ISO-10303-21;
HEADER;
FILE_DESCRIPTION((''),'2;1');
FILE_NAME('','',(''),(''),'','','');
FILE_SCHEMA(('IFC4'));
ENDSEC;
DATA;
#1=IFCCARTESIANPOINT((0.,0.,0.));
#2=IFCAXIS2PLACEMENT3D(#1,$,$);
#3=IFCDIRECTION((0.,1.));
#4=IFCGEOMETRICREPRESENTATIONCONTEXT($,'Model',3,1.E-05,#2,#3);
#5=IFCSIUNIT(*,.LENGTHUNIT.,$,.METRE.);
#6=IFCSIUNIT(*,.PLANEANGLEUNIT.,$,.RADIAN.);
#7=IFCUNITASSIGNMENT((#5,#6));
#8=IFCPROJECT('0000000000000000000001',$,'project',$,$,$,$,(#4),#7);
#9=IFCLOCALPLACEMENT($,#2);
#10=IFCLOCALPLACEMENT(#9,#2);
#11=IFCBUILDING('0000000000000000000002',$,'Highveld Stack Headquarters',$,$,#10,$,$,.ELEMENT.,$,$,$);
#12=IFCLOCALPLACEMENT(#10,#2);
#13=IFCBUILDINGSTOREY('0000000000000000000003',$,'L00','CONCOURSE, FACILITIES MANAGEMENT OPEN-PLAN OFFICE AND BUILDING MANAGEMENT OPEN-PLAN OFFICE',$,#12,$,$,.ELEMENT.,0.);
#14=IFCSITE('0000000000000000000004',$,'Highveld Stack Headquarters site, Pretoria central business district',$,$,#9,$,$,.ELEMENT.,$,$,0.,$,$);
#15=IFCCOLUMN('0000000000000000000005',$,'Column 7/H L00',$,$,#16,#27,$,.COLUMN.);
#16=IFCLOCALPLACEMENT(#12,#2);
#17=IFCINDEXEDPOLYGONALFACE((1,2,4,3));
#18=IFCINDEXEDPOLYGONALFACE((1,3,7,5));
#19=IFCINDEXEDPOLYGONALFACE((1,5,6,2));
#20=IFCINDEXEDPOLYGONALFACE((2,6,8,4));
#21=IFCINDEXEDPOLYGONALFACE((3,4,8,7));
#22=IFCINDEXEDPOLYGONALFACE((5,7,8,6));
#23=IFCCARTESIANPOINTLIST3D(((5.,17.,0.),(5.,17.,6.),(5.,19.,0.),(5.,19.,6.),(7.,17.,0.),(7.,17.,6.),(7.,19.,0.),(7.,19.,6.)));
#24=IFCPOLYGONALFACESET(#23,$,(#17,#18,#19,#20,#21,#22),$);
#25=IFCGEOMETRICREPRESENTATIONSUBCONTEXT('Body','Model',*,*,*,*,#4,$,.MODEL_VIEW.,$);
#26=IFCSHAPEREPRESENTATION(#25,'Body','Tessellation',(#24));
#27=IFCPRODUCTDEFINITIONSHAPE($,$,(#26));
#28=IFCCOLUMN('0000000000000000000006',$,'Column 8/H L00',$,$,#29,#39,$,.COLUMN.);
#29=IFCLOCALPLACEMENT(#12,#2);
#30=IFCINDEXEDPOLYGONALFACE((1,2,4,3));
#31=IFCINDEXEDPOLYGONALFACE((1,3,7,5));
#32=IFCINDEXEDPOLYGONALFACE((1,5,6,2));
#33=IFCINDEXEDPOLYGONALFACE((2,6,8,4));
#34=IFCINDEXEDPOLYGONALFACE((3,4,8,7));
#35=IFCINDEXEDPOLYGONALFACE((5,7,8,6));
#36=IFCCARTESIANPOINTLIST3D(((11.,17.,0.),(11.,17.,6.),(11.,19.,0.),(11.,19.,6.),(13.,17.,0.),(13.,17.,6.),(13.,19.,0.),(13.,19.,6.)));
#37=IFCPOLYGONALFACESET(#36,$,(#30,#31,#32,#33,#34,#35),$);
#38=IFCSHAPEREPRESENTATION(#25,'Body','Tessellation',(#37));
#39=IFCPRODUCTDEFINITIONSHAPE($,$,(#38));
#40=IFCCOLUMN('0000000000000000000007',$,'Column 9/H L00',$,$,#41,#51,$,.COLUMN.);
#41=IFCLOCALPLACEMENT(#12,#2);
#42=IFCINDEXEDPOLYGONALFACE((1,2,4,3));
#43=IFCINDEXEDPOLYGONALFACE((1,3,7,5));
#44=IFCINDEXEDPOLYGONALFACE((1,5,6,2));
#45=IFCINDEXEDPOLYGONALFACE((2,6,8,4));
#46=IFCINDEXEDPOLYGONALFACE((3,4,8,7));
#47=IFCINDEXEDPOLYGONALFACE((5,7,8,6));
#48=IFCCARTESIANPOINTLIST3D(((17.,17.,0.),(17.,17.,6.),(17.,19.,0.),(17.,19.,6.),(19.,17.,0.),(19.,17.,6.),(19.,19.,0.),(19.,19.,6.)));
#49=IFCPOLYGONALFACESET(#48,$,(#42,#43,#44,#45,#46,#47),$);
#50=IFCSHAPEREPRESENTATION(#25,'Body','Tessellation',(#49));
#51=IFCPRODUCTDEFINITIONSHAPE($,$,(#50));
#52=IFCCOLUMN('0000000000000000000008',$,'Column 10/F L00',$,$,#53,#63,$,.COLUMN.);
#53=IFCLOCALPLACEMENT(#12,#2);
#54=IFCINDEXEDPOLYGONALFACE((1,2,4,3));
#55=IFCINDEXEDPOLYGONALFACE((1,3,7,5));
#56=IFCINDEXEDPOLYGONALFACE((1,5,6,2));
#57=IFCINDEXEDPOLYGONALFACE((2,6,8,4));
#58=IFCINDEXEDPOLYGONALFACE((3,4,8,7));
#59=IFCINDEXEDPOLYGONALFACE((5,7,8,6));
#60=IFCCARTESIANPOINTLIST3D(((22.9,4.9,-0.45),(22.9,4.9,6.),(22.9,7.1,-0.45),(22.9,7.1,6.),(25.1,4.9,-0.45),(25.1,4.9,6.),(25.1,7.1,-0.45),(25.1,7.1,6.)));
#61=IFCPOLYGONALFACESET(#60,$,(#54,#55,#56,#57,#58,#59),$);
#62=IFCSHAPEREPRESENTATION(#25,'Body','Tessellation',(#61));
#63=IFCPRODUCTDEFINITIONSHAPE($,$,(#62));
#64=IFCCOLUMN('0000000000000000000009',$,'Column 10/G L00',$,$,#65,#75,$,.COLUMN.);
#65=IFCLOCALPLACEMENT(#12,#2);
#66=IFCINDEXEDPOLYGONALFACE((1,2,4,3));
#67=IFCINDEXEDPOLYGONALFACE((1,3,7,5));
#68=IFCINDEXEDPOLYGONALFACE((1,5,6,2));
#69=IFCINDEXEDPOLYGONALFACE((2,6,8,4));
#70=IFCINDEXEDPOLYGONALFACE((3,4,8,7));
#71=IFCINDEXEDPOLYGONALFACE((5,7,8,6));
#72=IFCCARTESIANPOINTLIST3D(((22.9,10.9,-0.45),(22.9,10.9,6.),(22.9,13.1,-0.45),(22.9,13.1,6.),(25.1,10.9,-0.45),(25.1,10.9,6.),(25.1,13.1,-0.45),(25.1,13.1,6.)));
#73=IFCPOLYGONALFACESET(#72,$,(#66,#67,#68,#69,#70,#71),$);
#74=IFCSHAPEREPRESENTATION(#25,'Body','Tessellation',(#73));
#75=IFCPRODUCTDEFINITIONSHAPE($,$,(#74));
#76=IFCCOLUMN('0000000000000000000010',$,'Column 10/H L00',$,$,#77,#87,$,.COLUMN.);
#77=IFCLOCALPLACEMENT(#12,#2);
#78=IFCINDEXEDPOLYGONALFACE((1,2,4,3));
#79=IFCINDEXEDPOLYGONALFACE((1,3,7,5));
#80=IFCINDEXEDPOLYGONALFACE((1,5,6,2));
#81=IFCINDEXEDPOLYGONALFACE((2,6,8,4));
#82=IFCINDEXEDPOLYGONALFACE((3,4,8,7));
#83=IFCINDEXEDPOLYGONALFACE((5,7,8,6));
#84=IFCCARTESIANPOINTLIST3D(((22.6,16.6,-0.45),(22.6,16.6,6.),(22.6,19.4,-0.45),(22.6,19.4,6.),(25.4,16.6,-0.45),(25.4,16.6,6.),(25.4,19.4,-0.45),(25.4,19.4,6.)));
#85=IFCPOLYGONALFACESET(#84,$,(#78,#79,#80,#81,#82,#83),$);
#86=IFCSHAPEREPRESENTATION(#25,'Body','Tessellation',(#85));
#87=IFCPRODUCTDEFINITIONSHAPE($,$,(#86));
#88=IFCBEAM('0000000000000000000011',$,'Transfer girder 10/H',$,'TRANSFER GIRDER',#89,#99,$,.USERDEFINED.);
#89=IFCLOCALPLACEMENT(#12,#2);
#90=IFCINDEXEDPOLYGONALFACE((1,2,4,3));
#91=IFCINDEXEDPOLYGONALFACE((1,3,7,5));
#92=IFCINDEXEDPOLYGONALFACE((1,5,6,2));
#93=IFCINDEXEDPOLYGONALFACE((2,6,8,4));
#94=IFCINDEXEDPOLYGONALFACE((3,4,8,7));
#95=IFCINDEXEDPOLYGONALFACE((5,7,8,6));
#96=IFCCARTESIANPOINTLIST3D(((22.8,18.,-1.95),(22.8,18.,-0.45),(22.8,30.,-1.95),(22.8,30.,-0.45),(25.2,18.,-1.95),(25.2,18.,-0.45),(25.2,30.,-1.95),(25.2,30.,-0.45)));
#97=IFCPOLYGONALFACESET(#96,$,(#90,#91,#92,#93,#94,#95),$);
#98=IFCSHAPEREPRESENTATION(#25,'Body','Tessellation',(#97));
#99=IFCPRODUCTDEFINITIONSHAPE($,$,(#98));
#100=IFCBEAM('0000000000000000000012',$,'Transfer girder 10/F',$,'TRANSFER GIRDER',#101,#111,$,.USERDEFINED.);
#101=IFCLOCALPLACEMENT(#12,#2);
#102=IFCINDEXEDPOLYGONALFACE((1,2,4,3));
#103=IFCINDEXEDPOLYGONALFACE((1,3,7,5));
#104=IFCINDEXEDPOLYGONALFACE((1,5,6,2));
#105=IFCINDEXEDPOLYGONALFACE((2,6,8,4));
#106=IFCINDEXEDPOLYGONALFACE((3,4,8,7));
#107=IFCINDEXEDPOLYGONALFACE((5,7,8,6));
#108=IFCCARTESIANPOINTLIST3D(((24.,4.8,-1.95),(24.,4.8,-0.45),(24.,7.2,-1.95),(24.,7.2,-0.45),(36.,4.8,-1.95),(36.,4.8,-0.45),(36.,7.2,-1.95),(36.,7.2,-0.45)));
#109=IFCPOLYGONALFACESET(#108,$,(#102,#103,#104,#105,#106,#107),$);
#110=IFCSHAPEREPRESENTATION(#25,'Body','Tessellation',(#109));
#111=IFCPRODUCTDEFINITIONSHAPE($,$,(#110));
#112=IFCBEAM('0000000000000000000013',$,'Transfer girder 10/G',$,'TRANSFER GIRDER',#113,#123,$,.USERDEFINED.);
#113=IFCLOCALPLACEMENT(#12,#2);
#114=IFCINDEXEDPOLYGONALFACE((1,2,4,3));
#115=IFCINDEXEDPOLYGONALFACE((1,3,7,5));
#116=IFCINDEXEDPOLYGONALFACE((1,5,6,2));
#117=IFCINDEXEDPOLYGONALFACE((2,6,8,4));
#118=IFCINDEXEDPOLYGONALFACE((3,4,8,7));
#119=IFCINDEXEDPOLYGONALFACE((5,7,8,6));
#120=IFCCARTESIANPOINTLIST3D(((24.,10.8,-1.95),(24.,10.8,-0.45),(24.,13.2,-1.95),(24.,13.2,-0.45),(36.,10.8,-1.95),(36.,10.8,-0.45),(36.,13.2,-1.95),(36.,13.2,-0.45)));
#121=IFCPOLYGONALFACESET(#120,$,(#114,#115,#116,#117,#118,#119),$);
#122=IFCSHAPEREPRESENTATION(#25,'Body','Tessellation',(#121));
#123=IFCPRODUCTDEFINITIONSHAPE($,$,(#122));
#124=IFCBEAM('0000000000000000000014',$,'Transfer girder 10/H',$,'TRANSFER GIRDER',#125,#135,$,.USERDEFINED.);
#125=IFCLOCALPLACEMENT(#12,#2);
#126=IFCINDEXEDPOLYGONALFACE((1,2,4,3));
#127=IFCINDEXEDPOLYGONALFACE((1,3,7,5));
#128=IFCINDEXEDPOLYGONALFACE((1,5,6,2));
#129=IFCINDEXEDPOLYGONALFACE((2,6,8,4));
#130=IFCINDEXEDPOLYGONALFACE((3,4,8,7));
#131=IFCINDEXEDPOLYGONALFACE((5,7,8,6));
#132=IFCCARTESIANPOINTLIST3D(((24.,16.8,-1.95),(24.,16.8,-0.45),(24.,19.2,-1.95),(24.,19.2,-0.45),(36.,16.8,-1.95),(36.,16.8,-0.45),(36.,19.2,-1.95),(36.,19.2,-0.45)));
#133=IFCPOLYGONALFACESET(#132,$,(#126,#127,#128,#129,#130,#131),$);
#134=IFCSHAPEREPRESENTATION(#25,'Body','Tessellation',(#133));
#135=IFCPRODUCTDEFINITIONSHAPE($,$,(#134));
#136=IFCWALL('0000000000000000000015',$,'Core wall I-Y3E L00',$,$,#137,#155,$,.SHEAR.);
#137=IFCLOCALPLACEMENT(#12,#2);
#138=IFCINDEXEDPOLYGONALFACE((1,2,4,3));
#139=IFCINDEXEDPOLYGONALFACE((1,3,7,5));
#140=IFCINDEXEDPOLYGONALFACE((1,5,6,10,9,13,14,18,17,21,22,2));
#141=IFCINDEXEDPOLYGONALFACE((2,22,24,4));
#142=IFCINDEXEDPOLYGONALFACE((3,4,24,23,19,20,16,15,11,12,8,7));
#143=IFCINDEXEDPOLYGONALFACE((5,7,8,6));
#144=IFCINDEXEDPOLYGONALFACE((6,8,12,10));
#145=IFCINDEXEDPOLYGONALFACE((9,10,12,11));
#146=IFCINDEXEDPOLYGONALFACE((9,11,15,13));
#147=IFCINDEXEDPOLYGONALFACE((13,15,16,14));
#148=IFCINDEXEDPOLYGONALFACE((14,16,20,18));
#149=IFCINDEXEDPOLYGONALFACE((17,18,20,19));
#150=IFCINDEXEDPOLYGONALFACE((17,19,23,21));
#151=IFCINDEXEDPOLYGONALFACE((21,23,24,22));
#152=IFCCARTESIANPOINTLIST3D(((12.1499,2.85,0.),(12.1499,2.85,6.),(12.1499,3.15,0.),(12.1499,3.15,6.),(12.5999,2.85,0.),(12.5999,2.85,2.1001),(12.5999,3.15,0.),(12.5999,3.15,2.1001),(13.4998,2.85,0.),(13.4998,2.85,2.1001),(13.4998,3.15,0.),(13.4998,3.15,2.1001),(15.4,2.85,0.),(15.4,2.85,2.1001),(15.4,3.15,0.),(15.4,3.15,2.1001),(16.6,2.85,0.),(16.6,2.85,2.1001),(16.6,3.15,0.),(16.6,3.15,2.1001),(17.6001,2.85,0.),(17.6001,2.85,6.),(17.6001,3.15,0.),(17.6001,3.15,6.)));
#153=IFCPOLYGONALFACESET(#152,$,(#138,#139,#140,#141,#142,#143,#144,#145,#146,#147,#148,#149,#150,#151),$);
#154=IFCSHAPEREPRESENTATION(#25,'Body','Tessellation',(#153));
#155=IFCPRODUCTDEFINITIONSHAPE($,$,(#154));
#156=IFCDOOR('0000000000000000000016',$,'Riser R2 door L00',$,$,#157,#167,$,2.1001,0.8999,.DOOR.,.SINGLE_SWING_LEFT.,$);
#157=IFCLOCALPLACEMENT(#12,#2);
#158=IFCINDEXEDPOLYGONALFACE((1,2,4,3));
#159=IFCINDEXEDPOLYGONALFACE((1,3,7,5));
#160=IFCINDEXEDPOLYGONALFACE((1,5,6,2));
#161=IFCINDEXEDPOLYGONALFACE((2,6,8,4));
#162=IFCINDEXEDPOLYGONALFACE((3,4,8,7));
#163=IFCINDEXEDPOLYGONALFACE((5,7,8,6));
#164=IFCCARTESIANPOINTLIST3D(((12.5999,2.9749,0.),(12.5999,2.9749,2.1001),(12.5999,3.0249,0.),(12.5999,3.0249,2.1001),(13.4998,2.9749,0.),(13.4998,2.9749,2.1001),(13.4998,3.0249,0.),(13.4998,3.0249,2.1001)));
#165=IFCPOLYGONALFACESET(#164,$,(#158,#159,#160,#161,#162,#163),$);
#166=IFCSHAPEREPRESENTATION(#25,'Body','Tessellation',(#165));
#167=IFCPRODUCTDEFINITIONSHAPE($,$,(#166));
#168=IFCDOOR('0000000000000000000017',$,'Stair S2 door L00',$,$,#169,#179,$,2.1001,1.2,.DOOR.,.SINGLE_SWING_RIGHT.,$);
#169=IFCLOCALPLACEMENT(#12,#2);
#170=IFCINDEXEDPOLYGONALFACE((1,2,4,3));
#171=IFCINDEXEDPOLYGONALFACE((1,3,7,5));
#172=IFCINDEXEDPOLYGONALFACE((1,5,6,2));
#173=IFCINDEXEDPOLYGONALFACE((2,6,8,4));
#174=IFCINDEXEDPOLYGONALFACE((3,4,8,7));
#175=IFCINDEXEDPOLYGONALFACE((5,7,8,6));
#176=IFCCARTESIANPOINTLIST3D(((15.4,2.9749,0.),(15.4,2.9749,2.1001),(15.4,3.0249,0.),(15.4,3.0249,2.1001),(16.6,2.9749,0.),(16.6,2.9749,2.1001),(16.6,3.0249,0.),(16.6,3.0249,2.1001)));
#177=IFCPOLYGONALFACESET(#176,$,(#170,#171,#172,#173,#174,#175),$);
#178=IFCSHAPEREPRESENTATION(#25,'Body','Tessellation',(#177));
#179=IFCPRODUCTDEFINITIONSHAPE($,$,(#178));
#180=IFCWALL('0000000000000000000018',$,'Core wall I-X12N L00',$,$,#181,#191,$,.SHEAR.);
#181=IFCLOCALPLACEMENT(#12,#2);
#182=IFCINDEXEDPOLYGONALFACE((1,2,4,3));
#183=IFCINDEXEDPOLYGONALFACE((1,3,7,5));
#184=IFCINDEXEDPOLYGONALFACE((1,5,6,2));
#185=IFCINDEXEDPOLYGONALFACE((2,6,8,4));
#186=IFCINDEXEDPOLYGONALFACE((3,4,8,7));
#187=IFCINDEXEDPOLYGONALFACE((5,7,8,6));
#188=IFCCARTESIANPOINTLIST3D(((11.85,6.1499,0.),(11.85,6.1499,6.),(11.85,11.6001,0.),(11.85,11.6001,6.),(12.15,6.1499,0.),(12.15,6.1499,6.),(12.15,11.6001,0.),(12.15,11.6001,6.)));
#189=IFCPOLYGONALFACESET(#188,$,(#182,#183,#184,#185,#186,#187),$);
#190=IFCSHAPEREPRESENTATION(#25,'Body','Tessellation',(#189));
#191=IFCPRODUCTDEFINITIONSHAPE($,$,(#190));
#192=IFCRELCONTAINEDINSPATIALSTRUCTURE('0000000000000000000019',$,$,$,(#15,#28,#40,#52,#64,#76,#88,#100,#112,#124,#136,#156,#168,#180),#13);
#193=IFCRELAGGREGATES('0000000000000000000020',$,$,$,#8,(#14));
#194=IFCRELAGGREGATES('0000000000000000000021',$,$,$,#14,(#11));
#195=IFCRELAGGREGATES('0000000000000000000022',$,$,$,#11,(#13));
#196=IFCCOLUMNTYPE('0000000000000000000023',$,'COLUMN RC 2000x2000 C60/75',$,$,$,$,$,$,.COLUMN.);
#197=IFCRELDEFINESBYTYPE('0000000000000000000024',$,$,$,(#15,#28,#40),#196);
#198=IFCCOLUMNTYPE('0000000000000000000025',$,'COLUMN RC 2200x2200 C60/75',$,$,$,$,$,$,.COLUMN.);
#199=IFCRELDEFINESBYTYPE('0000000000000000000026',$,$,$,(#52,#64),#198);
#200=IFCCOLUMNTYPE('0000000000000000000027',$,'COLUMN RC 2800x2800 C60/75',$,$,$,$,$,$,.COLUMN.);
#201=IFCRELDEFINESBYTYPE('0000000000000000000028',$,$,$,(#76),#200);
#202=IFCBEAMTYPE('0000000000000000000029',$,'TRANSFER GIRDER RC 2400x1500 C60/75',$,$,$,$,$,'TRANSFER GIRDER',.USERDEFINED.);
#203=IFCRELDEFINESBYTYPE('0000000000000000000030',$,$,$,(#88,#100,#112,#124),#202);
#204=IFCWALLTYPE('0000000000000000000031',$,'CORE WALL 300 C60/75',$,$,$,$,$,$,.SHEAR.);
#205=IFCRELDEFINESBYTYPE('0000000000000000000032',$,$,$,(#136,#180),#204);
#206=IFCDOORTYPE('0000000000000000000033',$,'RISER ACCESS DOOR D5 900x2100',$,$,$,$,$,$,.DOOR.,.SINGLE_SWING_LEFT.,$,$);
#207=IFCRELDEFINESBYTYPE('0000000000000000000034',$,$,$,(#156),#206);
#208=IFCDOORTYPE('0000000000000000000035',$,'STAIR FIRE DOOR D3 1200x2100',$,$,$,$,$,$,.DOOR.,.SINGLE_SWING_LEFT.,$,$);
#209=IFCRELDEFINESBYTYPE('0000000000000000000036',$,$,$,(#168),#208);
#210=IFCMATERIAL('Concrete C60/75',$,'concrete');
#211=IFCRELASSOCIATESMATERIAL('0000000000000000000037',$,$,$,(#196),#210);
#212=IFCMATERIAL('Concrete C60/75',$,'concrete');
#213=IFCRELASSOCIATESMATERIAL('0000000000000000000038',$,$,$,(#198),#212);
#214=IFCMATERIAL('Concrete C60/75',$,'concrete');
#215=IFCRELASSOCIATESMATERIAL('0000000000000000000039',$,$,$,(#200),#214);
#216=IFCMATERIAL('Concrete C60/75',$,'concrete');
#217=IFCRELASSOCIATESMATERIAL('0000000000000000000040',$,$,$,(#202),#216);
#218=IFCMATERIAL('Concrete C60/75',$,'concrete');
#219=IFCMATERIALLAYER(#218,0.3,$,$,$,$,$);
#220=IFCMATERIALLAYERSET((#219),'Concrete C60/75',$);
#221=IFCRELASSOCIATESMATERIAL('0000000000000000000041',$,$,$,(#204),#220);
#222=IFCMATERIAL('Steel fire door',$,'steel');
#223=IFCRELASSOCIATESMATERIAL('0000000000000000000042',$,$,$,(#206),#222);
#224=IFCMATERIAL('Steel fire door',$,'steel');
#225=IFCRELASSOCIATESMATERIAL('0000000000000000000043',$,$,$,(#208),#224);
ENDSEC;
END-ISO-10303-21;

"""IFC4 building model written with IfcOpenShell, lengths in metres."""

from ifc_helpers import new_model, si_unit, direction, frame, frame_2d, origin, origin_2d, place, context, subcontext, project, spatial, rectangle, extrude, material, layer, layer_set, material_profile, profile_set, type_object, element, fill, save


model = new_model("IFC4")

# Units and contexts
model_context = context("Model", 3, precision=1e-05, world=origin(), true_north=direction((0.0, 1.0)))
body_context = subcontext(model_context, "Body", "Model", "MODEL_VIEW")
ifc_project = project(units=[si_unit("LENGTHUNIT", "METRE"), si_unit("PLANEANGLEUNIT", "RADIAN")], contexts=[model_context])

# Site, building, storey
site_placement = place(None, origin())
site = spatial("IfcSite", under=ifc_project, at=site_placement, Name="Highveld Stack Headquarters site, Pretoria central business district", CompositionType="ELEMENT", RefElevation=0.0)
building_placement = place(site_placement, origin())
building = spatial("IfcBuilding", under=site, at=building_placement, Name="Highveld Stack Headquarters", CompositionType="ELEMENT")
storey_placement = place(building_placement, origin())
storey = spatial("IfcBuildingStorey", under=building, at=storey_placement, Name="L00", Description="CONCOURSE, FACILITIES MANAGEMENT OPEN-PLAN OFFICE AND BUILDING MANAGEMENT OPEN-PLAN OFFICE", CompositionType="ELEMENT", Elevation=0.0)

# Columns
ifc_material_1 = material(Name="Concrete C60/75", Category="concrete")
ifc_material_profile_1 = material_profile(ifc_material_1, rectangle(XDim=2.0, YDim=2.0, at=origin_2d()), Name="RC 2000x2000")
ifc_profile_set_1 = profile_set([ifc_material_profile_1], Name="Concrete C60/75")
column_type_1 = type_object("IfcColumnType", Name="COLUMN RC 2000x2000 C60/75", PredefinedType="COLUMN", material=ifc_profile_set_1)
for number, where, z_axis, x_axis, name in (
    (1, (6.0, 18.0, 0.0), (0.0, 0.0, 1.0), (1.0, 0.0, 0.0), "Column 7/H L00"),
    (2, (12.0, 18.0, 0.0), (0.0, 0.0, 1.0), (1.0, 0.0, 0.0), "Column 8/H L00"),
    (3, (18.0, 18.0, 0.0), (0.0, 0.0, 1.0), (1.0, 0.0, 0.0), "Column 9/H L00"),
):
    element("IfcColumn", number, at=place(storey_placement, frame(where, z_axis=z_axis, x_axis=x_axis)), inside=storey, type_object=column_type_1, Name=name, PredefinedType="COLUMN", context=body_context, shape_type="SweptSolid", body=[
        extrude(rectangle(XDim=2.0, YDim=2.0, at=origin_2d()), origin(), (0.0, 0.0, 1.0), 6.0),
    ])
ifc_material_2 = material(Name="Concrete C60/75", Category="concrete")
ifc_material_profile_2 = material_profile(ifc_material_2, rectangle(XDim=2.2, YDim=2.2, at=origin_2d()), Name="RC 2200x2200")
ifc_profile_set_2 = profile_set([ifc_material_profile_2], Name="Concrete C60/75")
column_type_2 = type_object("IfcColumnType", Name="COLUMN RC 2200x2200 C60/75", PredefinedType="COLUMN", material=ifc_profile_set_2)
for number, where, z_axis, x_axis, name in (
    (4, (24.0, 6.0, -0.45), (0.0, 0.0, 1.0), (1.0, 0.0, 0.0), "Column 10/F L00"),
    (5, (24.0, 12.0, -0.45), (0.0, 0.0, 1.0), (1.0, 0.0, 0.0), "Column 10/G L00"),
):
    element("IfcColumn", number, at=place(storey_placement, frame(where, z_axis=z_axis, x_axis=x_axis)), inside=storey, type_object=column_type_2, Name=name, PredefinedType="COLUMN", context=body_context, shape_type="SweptSolid", body=[
        extrude(rectangle(XDim=2.2, YDim=2.2, at=origin_2d()), origin(), (0.0, 0.0, 1.0), 6.45),
    ])
ifc_material_3 = material(Name="Concrete C60/75", Category="concrete")
ifc_material_profile_3 = material_profile(ifc_material_3, rectangle(XDim=2.8, YDim=2.8, at=origin_2d()), Name="RC 2800x2800")
ifc_profile_set_3 = profile_set([ifc_material_profile_3], Name="Concrete C60/75")
column_type_3 = type_object("IfcColumnType", Name="COLUMN RC 2800x2800 C60/75", PredefinedType="COLUMN", material=ifc_profile_set_3)
column_placement = place(storey_placement, frame((24.0, 18.0, -0.45), z_axis=(0.0, 0.0, 1.0), x_axis=(1.0, 0.0, 0.0)))
element("IfcColumn", 6, at=column_placement, inside=storey, type_object=column_type_3, Name="Column 10/H L00", PredefinedType="COLUMN", context=body_context, shape_type="SweptSolid", body=[
    extrude(rectangle(XDim=2.8, YDim=2.8, at=origin_2d()), origin(), (0.0, 0.0, 1.0), 6.45),
])

# Beams
ifc_material_4 = material(Name="Concrete C60/75", Category="concrete")
ifc_material_profile_4 = material_profile(ifc_material_4, rectangle(XDim=2.3999, YDim=1.5, at=origin_2d()), Name="RC 2400x1500")
ifc_profile_set_4 = profile_set([ifc_material_profile_4], Name="Concrete C60/75")
beam_type = type_object("IfcBeamType", Name="TRANSFER GIRDER RC 2400x1500 C60/75", ElementType="TRANSFER GIRDER", PredefinedType="USERDEFINED", material=ifc_profile_set_4)
for number, where, z_axis, x_axis, name in (
    (7, (24.0, 18.0, -1.2), (0.0, 1.0, 0.0), (-1.0, 0.0, 0.0), "Transfer girder 10/H"),
    (8, (24.0, 6.0, -1.2), (1.0, 0.0, 0.0), (0.0, 1.0, 0.0), "Transfer girder 10/F"),
    (9, (24.0, 12.0, -1.2), (1.0, 0.0, 0.0), (0.0, 1.0, 0.0), "Transfer girder 10/G"),
    (10, (24.0, 18.0, -1.2), (1.0, 0.0, 0.0), (0.0, 1.0, 0.0), "Transfer girder 10/H"),
):
    element("IfcBeam", number, at=place(storey_placement, frame(where, z_axis=z_axis, x_axis=x_axis)), inside=storey, type_object=beam_type, Name=name, ObjectType="TRANSFER GIRDER", PredefinedType="USERDEFINED", context=body_context, shape_type="SweptSolid", body=[
        extrude(rectangle(XDim=2.3999, YDim=1.5, at=origin_2d()), origin(), (0.0, 0.0, 1.0), 12.0),
    ])

# Wall, openings, doors
ifc_material_5 = material(Name="Concrete C60/75", Category="concrete")
ifc_layer_1 = layer(ifc_material_5, 0.3)
ifc_layer_set_1 = layer_set([ifc_layer_1], Name="Concrete C60/75")
wall_type_1 = type_object("IfcWallType", Name="CORE WALL 300 C60/75", PredefinedType="SHEAR", material=ifc_layer_set_1)
wall_1_placement = place(storey_placement, frame((12.1499, 3.0, 0.0), z_axis=(0.0, 0.0, 1.0), x_axis=(1.0, 0.0, 0.0)))
wall_1 = element("IfcWall", 11, at=wall_1_placement, inside=storey, type_object=wall_type_1, Name="Core wall I-Y3E L00", PredefinedType="SHEAR", context=body_context, shape_type="SweptSolid", body=[
    extrude(rectangle(XDim=5.4502, YDim=0.3, at=frame_2d((2.7251, 0.0))), origin(), (0.0, 0.0, 1.0), 6.0),
])
opening_1_placement = place(wall_1_placement, frame((3.25, 0.0, 0.0)))
opening_1 = element("IfcOpeningElement", 12, at=opening_1_placement, cuts=wall_1, PredefinedType="OPENING", context=body_context, shape_type="SweptSolid", body=[
    extrude(rectangle(XDim=1.2, YDim=2.1001, at=frame_2d((0.6001, 1.05))), frame((0.0, 0.1599, 0.0), z_axis=(0.0, -1.0, 0.0), x_axis=(1.0, 0.0, 0.0)), (0.0, 0.0, 1.0), 0.3201),
])
opening_2_placement = place(wall_1_placement, frame((0.45, 0.0, 0.0)))
opening_2 = element("IfcOpeningElement", 13, at=opening_2_placement, cuts=wall_1, PredefinedType="OPENING", context=body_context, shape_type="SweptSolid", body=[
    extrude(rectangle(XDim=0.8999, YDim=2.1001, at=frame_2d((0.45, 1.05))), frame((0.0, 0.1599, 0.0), z_axis=(0.0, -1.0, 0.0), x_axis=(1.0, 0.0, 0.0)), (0.0, 0.0, 1.0), 0.3201),
])
ifc_material_6 = material(Name="Steel fire door", Category="steel")
door_type_1 = type_object("IfcDoorType", Name="RISER ACCESS DOOR D5 900x2100", OperationType="SINGLE_SWING_LEFT", PredefinedType="DOOR", material=ifc_material_6)
door_1_placement = place(opening_2_placement, origin())
door_1 = element("IfcDoor", 14, at=door_1_placement, inside=storey, type_object=door_type_1, Name="Riser R2 door L00", OperationType="SINGLE_SWING_LEFT", OverallHeight=2.1001, OverallWidth=0.8999, PredefinedType="DOOR", context=body_context, shape_type="SweptSolid", body=[
    extrude(rectangle(XDim=0.8999, YDim=2.1001, at=frame_2d((0.45, 1.05))), frame((0.0, 0.0249, 0.0), z_axis=(0.0, -1.0, 0.0), x_axis=(1.0, 0.0, 0.0)), (0.0, 0.0, 1.0), 0.05),
])
fill(opening_2, door_1)
ifc_material_7 = material(Name="Steel fire door", Category="steel")
door_type_2 = type_object("IfcDoorType", Name="STAIR FIRE DOOR D3 1200x2100", OperationType="SINGLE_SWING_LEFT", PredefinedType="DOOR", material=ifc_material_7)
door_2_placement = place(opening_1_placement, origin())
door_2 = element("IfcDoor", 15, at=door_2_placement, inside=storey, type_object=door_type_2, Name="Stair S2 door L00", OperationType="SINGLE_SWING_RIGHT", OverallHeight=2.1001, OverallWidth=1.2, PredefinedType="DOOR", context=body_context, shape_type="SweptSolid", body=[
    extrude(rectangle(XDim=1.2, YDim=2.1001, at=frame_2d((0.6001, 1.05))), frame((0.0, 0.0249, 0.0), z_axis=(0.0, -1.0, 0.0), x_axis=(1.0, 0.0, 0.0)), (0.0, 0.0, 1.0), 0.05),
])
fill(opening_1, door_2)

# Wall
wall_2_placement = place(storey_placement, frame((12.0, 6.1499, 0.0), z_axis=(0.0, 0.0, 1.0), x_axis=(0.0, 1.0, 0.0)))
element("IfcWall", 16, at=wall_2_placement, inside=storey, type_object=wall_type_1, Name="Core wall I-X12N L00", PredefinedType="SHEAR", context=body_context, shape_type="SweptSolid", body=[
    extrude(rectangle(XDim=5.4502, YDim=0.3, at=frame_2d((2.7251, 0.0))), origin(), (0.0, 0.0, 1.0), 6.0),
])

save(model, "model.ifc")
